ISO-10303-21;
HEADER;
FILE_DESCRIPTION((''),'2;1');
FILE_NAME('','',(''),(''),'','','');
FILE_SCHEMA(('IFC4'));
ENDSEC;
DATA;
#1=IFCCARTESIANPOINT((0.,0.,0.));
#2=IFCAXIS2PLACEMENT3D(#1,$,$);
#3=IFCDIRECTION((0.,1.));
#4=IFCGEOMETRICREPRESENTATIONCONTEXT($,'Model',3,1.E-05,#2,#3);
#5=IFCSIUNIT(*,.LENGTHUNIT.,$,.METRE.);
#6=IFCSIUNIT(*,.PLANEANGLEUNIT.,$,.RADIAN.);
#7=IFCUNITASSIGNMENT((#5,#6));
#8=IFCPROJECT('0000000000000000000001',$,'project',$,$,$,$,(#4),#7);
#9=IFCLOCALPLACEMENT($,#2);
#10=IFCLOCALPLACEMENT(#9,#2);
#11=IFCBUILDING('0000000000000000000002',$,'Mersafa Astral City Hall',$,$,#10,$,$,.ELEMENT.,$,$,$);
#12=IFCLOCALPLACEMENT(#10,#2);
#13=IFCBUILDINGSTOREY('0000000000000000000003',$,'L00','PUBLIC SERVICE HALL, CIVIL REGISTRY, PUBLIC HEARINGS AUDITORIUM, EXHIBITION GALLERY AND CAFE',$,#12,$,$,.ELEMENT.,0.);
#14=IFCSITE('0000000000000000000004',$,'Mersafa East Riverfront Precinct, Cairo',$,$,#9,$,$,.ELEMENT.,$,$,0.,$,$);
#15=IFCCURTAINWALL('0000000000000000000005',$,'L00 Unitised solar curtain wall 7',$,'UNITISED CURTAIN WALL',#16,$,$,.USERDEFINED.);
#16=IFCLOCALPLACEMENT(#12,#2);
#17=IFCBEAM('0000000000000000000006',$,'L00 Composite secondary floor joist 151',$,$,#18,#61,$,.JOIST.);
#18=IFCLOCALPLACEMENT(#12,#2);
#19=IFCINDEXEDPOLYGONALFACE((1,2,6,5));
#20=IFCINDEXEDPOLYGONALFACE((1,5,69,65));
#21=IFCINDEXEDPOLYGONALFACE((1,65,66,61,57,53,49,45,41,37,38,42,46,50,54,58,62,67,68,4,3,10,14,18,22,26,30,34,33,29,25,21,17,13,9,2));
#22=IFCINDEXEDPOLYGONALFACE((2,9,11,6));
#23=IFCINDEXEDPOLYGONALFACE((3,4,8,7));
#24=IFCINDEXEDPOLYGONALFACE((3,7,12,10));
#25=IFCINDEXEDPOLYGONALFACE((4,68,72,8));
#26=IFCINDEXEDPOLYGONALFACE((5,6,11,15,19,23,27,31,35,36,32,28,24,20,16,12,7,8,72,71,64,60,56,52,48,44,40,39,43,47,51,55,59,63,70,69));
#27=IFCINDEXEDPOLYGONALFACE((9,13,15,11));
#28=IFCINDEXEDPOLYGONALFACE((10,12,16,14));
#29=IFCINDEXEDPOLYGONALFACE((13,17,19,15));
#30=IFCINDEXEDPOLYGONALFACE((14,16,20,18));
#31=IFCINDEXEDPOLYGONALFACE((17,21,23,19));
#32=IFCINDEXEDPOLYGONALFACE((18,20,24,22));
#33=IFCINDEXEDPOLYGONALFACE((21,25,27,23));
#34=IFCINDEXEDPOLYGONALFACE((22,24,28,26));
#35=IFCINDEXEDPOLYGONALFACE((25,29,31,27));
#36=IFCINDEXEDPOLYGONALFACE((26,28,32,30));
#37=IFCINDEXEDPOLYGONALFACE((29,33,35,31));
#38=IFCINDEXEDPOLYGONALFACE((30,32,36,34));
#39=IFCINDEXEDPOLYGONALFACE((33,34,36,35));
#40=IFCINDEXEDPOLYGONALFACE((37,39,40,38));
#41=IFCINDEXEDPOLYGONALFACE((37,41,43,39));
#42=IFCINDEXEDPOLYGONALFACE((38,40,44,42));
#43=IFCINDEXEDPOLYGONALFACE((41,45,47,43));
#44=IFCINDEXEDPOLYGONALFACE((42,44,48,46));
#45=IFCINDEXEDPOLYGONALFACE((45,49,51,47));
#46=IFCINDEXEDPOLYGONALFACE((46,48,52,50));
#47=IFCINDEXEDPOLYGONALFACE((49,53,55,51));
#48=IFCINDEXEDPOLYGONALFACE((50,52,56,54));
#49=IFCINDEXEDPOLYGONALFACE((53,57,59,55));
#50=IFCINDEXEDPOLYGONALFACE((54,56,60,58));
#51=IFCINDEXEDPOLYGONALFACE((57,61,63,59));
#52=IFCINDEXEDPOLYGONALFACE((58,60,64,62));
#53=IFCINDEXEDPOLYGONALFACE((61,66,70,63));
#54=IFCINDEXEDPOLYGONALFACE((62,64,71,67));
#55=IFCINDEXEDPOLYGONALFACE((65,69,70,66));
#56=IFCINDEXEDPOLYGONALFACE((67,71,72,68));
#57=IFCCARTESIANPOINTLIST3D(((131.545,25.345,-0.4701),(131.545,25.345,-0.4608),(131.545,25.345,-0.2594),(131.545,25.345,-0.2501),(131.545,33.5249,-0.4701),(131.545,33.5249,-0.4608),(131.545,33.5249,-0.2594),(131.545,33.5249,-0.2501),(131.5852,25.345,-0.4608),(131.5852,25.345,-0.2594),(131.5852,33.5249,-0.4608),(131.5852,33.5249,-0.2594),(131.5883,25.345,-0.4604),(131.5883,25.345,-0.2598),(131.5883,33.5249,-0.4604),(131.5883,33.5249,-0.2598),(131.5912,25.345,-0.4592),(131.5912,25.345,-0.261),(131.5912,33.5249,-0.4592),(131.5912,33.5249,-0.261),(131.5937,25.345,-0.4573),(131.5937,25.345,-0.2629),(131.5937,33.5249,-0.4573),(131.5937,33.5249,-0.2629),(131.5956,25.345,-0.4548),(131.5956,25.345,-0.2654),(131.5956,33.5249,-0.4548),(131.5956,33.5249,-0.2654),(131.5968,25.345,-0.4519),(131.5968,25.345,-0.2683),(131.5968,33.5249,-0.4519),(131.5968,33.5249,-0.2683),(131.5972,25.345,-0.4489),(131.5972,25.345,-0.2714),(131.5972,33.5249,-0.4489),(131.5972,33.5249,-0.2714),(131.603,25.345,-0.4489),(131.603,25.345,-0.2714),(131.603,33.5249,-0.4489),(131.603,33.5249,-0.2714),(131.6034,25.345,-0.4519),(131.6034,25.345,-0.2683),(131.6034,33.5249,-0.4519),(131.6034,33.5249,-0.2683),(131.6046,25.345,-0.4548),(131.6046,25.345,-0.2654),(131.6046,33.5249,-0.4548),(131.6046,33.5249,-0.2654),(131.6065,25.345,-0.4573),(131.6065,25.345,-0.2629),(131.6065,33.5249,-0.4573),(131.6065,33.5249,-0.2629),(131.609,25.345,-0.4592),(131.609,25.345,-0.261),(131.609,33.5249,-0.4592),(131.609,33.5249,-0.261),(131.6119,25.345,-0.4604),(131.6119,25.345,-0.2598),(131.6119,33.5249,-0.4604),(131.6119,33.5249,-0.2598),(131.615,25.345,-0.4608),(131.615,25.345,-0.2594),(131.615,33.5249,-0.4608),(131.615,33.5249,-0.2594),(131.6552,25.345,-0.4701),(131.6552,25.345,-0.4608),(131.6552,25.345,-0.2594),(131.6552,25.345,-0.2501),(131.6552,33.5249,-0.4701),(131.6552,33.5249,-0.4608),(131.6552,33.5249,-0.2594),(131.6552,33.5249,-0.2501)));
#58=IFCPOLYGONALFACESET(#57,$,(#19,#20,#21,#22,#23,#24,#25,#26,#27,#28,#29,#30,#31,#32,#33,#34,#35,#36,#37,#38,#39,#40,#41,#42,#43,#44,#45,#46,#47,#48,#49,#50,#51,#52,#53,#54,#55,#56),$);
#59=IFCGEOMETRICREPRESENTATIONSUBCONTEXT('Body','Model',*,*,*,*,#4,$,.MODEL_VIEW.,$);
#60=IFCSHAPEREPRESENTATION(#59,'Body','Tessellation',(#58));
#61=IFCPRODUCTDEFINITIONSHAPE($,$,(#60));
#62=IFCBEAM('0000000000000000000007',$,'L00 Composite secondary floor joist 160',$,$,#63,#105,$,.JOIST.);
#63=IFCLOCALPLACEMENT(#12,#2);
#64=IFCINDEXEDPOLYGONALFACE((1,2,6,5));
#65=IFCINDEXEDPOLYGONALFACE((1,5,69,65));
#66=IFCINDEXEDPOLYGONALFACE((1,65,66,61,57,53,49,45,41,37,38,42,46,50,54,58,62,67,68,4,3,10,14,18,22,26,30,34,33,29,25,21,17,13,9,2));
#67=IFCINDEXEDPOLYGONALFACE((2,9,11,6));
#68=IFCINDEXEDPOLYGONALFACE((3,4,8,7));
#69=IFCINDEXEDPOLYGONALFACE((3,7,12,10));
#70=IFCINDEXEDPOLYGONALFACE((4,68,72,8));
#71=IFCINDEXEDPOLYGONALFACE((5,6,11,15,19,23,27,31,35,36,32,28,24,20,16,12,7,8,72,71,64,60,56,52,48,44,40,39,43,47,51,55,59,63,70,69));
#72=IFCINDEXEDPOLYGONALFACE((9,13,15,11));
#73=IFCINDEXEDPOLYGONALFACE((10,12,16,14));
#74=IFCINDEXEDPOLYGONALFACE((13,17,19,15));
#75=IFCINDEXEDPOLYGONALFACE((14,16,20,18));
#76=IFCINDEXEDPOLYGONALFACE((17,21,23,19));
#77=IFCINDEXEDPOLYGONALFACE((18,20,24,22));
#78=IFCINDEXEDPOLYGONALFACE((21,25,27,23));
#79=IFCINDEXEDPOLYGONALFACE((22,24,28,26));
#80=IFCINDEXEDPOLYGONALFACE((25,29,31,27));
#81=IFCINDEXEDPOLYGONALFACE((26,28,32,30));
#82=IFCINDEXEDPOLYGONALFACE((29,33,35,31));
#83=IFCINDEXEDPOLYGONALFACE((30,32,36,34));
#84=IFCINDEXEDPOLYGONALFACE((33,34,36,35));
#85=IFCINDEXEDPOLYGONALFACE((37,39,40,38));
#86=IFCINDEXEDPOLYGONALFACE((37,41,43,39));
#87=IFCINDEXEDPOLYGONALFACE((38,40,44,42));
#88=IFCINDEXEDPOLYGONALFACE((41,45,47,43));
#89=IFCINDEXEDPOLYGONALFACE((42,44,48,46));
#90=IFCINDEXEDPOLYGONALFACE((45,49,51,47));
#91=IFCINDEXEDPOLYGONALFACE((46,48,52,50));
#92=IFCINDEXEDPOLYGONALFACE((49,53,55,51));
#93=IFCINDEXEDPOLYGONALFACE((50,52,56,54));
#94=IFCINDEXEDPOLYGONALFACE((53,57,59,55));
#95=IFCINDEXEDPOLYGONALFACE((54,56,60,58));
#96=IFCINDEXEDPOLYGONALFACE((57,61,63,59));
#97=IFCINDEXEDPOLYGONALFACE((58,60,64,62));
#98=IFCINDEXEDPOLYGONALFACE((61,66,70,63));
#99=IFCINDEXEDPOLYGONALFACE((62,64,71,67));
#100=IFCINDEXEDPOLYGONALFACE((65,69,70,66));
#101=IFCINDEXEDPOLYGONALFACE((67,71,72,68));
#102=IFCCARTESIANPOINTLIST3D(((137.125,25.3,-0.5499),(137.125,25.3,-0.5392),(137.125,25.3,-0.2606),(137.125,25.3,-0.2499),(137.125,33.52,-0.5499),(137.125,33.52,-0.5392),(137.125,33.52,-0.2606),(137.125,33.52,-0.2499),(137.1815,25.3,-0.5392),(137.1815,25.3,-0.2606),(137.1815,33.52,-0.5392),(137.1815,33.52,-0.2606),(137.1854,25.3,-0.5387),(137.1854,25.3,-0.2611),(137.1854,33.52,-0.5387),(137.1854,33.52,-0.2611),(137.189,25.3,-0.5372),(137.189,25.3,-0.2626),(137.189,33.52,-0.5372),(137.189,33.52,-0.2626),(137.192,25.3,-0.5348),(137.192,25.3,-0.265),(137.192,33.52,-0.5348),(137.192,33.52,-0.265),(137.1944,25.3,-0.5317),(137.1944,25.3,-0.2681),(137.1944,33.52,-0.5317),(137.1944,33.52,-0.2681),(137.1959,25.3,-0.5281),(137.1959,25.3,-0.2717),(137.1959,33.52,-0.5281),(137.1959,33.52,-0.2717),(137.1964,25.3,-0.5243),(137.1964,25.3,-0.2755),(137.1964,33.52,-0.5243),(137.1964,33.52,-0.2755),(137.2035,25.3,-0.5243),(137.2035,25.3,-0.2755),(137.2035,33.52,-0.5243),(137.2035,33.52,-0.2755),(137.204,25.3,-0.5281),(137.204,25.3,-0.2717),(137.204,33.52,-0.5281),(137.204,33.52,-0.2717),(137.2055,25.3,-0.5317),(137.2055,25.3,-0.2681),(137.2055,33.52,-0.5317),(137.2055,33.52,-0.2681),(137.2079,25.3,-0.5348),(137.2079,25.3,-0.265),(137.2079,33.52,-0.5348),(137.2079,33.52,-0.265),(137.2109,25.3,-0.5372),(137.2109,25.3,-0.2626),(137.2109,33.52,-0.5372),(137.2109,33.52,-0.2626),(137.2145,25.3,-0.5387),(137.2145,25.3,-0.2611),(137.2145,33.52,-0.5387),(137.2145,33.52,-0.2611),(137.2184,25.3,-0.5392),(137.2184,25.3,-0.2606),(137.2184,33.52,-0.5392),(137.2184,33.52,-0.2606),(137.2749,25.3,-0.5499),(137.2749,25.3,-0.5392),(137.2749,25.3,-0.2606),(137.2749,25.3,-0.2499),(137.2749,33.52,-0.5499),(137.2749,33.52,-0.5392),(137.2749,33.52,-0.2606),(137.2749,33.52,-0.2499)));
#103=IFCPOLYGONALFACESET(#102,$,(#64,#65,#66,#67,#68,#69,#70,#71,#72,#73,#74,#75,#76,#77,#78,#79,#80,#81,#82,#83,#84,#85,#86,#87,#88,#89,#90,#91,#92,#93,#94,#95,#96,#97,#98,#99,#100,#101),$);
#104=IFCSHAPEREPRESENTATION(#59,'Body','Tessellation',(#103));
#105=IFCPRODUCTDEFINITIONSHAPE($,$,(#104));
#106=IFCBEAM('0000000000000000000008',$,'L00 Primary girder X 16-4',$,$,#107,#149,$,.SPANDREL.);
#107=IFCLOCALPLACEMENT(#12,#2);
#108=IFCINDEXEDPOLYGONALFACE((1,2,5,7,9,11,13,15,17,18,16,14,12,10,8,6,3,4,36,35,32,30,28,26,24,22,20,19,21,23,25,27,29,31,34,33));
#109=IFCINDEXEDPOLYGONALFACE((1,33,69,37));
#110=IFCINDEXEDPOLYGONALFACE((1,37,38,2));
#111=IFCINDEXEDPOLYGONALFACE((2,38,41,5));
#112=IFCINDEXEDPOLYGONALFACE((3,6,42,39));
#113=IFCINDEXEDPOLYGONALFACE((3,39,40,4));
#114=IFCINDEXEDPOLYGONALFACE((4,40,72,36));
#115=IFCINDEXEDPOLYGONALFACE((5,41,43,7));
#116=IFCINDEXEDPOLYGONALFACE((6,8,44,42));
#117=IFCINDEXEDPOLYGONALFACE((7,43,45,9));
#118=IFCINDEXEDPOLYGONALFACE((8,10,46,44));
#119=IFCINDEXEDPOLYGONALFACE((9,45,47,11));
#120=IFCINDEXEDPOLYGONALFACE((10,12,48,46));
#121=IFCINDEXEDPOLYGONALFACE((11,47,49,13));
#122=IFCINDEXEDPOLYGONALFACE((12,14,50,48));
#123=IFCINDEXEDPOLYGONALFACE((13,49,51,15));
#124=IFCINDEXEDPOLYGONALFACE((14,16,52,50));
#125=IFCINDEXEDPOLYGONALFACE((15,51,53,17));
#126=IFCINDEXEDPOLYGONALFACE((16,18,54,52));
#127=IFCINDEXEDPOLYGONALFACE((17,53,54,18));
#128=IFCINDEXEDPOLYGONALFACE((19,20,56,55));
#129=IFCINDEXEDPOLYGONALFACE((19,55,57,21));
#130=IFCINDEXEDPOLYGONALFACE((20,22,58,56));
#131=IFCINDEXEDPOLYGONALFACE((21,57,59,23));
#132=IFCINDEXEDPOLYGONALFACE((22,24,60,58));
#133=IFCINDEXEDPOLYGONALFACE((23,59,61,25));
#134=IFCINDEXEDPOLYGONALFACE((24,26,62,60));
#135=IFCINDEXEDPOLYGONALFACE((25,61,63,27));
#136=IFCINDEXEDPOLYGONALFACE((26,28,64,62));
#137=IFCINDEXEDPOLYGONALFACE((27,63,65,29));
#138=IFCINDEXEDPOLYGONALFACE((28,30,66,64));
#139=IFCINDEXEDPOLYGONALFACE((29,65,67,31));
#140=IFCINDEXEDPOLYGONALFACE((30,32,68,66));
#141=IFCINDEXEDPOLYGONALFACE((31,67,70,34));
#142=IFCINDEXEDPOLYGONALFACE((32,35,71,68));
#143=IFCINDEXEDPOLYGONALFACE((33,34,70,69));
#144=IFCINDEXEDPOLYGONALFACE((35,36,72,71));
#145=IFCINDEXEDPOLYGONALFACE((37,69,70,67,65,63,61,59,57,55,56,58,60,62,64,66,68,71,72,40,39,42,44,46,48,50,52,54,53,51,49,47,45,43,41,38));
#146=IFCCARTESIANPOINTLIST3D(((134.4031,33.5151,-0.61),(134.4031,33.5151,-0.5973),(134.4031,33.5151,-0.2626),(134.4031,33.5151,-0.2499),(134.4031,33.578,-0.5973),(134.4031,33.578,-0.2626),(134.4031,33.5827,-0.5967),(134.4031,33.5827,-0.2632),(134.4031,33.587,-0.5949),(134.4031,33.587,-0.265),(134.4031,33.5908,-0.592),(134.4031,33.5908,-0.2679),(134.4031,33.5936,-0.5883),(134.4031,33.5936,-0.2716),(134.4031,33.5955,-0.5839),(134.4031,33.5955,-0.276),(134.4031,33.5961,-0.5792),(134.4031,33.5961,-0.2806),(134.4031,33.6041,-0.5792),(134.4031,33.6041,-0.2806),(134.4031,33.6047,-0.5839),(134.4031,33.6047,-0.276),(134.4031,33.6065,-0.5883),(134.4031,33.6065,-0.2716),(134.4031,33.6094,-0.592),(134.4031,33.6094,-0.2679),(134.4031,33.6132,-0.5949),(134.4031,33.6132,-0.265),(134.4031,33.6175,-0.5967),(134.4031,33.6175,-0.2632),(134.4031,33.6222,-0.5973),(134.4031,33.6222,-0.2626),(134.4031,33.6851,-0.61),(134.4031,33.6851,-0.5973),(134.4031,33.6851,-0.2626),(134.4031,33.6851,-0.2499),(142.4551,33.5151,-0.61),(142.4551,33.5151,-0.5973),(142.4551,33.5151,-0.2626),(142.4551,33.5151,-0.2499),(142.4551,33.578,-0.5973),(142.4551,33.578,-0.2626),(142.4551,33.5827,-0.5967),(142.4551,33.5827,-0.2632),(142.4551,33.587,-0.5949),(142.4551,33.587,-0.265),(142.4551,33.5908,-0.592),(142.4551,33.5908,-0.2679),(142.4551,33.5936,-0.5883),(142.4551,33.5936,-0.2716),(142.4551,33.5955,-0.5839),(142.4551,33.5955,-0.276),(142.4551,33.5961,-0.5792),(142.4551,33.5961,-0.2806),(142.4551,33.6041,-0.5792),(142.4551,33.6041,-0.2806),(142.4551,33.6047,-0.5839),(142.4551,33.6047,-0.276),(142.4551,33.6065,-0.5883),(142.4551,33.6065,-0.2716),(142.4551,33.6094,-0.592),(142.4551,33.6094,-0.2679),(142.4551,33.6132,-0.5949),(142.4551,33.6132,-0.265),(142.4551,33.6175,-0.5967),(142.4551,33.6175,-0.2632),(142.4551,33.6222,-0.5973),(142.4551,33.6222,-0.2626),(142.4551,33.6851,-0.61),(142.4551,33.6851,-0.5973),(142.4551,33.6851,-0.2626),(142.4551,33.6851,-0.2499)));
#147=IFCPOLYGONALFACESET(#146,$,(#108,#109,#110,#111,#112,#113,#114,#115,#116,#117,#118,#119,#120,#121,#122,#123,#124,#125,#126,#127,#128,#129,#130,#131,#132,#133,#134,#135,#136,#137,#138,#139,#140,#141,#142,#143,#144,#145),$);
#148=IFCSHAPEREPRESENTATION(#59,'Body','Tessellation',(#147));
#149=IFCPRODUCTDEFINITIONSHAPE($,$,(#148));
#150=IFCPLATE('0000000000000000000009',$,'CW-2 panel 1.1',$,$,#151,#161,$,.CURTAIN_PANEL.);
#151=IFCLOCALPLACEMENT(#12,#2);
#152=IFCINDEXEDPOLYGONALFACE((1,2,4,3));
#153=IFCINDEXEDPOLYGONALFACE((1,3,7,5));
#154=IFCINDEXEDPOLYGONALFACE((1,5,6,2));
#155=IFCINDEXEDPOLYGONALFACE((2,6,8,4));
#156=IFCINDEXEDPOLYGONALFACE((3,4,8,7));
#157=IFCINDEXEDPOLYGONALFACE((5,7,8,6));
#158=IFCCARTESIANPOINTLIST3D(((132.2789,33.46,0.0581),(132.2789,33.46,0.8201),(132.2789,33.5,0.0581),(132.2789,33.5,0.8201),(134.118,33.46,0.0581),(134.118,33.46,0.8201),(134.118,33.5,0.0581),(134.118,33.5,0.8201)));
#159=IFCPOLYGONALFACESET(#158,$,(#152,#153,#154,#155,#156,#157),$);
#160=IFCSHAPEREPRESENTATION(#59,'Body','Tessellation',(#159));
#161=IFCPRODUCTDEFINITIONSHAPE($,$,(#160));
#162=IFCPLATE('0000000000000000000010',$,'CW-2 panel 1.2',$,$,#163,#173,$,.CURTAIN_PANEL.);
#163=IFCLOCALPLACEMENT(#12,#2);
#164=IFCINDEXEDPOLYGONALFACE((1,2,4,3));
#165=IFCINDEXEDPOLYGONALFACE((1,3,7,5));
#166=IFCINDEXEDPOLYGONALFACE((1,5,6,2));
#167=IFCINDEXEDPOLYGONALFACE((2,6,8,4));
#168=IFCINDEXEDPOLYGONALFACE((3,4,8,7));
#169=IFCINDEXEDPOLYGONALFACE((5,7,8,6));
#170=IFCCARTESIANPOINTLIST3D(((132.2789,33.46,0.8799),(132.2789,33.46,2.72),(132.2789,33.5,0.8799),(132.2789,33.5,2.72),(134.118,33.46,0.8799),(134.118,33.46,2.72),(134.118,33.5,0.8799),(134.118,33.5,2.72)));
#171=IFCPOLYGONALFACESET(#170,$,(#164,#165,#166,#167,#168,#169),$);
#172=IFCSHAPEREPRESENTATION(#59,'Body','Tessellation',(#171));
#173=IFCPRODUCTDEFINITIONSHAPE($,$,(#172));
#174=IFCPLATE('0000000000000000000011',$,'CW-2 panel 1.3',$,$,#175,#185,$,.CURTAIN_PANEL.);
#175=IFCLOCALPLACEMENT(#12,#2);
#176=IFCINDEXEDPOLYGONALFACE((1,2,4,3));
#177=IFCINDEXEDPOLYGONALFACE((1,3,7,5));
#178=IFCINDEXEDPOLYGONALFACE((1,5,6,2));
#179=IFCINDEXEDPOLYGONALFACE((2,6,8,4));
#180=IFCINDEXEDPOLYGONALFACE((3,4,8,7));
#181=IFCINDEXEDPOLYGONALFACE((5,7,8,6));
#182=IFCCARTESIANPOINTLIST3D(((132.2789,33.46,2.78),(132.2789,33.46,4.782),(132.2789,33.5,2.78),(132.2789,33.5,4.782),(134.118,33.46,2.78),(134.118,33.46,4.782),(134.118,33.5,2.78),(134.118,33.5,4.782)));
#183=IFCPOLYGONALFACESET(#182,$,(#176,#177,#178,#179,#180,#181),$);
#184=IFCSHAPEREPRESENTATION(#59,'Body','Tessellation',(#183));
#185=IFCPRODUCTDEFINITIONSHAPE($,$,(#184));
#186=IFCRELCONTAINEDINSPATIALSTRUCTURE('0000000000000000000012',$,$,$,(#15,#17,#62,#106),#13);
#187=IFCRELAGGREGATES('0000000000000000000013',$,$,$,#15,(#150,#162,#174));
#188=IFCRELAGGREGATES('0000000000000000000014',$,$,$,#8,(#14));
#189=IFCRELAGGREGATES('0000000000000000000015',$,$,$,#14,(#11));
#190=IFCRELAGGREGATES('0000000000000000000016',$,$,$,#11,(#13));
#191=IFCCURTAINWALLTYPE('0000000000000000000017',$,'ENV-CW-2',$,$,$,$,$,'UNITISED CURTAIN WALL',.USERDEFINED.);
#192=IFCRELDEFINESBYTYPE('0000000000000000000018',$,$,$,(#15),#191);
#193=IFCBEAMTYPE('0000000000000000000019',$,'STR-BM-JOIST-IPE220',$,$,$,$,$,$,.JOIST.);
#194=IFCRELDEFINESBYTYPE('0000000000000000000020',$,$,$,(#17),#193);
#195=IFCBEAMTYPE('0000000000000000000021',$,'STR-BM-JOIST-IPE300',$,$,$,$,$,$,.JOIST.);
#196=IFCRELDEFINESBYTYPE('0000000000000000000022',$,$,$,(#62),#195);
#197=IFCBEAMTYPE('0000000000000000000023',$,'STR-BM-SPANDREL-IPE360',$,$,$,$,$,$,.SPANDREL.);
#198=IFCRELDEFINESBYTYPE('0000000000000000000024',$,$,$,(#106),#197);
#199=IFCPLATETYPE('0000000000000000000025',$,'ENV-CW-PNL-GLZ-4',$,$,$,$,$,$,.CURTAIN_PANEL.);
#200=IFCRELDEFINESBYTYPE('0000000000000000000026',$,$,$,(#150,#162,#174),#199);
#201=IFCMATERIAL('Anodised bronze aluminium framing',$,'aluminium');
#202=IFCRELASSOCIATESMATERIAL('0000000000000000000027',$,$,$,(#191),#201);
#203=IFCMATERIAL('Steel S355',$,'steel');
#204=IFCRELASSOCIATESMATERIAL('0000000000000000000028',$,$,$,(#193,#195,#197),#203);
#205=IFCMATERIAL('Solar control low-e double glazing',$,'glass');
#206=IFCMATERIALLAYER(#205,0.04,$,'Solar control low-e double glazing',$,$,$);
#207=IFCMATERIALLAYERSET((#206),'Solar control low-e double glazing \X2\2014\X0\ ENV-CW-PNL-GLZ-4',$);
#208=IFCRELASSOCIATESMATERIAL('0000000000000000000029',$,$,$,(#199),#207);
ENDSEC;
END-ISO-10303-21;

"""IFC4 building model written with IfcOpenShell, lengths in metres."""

from ifc_helpers import new_model, si_unit, direction, frame, origin, origin_2d, place, context, subcontext, project, spatial, rectangle, i_section, extrude, material, layer, layer_set, material_profile, profile_set, type_object, element, aggregate, save


model = new_model("IFC4")

# Units and contexts
model_context = context("Model", 3, precision=1e-05, world=origin(), true_north=direction((0.0, 1.0)))
body_context = subcontext(model_context, "Body", "Model", "MODEL_VIEW")
ifc_project = project(units=[si_unit("LENGTHUNIT", "METRE"), si_unit("PLANEANGLEUNIT", "RADIAN")], contexts=[model_context])

# Site, building, storey
site_placement = place(None, origin())
site = spatial("IfcSite", under=ifc_project, at=site_placement, Name="Mersafa East Riverfront Precinct, Cairo", CompositionType="ELEMENT", RefElevation=0.0)
building_placement = place(site_placement, origin())
building = spatial("IfcBuilding", under=site, at=building_placement, Name="Mersafa Astral City Hall", CompositionType="ELEMENT")
storey_placement = place(building_placement, origin())
storey = spatial("IfcBuildingStorey", under=building, at=storey_placement, Name="L00", Description="PUBLIC SERVICE HALL, CIVIL REGISTRY, PUBLIC HEARINGS AUDITORIUM, EXHIBITION GALLERY AND CAFE", CompositionType="ELEMENT", Elevation=0.0)

# Shared definitions
ifc_material_1 = material(Name="Steel S355", Category="steel")

# Curtain wall
ifc_material_2 = material(Name="Anodised bronze aluminium framing", Category="aluminium")
curtain_wall_type = type_object("IfcCurtainWallType", Name="ENV-CW-2", ElementType="UNITISED CURTAIN WALL", PredefinedType="USERDEFINED", material=ifc_material_2)
curtain_wall_placement = place(storey_placement, origin())
curtain_wall = element("IfcCurtainWall", 1, at=curtain_wall_placement, inside=storey, type_object=curtain_wall_type, Name="L00 Unitised solar curtain wall 7", ObjectType="UNITISED CURTAIN WALL", PredefinedType="USERDEFINED")

# Beams
ifc_material_profile_1 = material_profile(ifc_material_1, i_section(OverallWidth=0.1101, OverallDepth=0.22, WebThickness=0.0059, FlangeThickness=0.0093, FilletRadius=0.012, at=origin_2d()), Name="IPE 220")
ifc_profile_set_1 = profile_set([ifc_material_profile_1], Name="Steel S355")
beam_type_1 = type_object("IfcBeamType", Name="STR-BM-JOIST-IPE220", PredefinedType="JOIST", material=ifc_profile_set_1)
beam_1_placement = place(storey_placement, frame((131.6001, 25.345, -0.3601), z_axis=(0.0, 1.0, 0.0), x_axis=(-1.0, 0.0, 0.0)))
element("IfcBeam", 2, at=beam_1_placement, inside=storey, type_object=beam_type_1, Name="L00 Composite secondary floor joist 151", PredefinedType="JOIST", context=body_context, shape_type="SweptSolid", body=[
    extrude(i_section(OverallWidth=0.1101, OverallDepth=0.22, WebThickness=0.0059, FlangeThickness=0.0093, FilletRadius=0.012, at=origin_2d()), origin(), (0.0, 0.0, 1.0), 8.1799),
])
ifc_material_profile_2 = material_profile(ifc_material_1, i_section(OverallWidth=0.1499, OverallDepth=0.3, WebThickness=0.0071, FlangeThickness=0.0107, FilletRadius=0.0149, at=origin_2d()), Name="IPE 300")
ifc_profile_set_2 = profile_set([ifc_material_profile_2], Name="Steel S355")
beam_type_2 = type_object("IfcBeamType", Name="STR-BM-JOIST-IPE300", PredefinedType="JOIST", material=ifc_profile_set_2)
beam_2_placement = place(storey_placement, frame((137.2, 25.3, -0.3999), z_axis=(0.0, 1.0, 0.0), x_axis=(-1.0, 0.0, 0.0)))
element("IfcBeam", 3, at=beam_2_placement, inside=storey, type_object=beam_type_2, Name="L00 Composite secondary floor joist 160", PredefinedType="JOIST", context=body_context, shape_type="SweptSolid", body=[
    extrude(i_section(OverallWidth=0.1499, OverallDepth=0.3, WebThickness=0.0071, FlangeThickness=0.0107, FilletRadius=0.0149, at=origin_2d()), origin(), (0.0, 0.0, 1.0), 8.22),
])
ifc_material_profile_3 = material_profile(ifc_material_1, i_section(OverallWidth=0.1699, OverallDepth=0.3601, WebThickness=0.0081, FlangeThickness=0.0127, FilletRadius=0.0181, at=origin_2d()), Name="IPE 360")
ifc_profile_set_3 = profile_set([ifc_material_profile_3], Name="Steel S355")
beam_type_3 = type_object("IfcBeamType", Name="STR-BM-SPANDREL-IPE360", PredefinedType="SPANDREL", material=ifc_profile_set_3)
beam_3_placement = place(storey_placement, frame((134.4031, 33.6001, -0.4299), z_axis=(1.0, 0.0, 0.0), x_axis=(0.0, 1.0, 0.0)))
element("IfcBeam", 4, at=beam_3_placement, inside=storey, type_object=beam_type_3, Name="L00 Primary girder X 16-4", PredefinedType="SPANDREL", context=body_context, shape_type="SweptSolid", body=[
    extrude(i_section(OverallWidth=0.1699, OverallDepth=0.3601, WebThickness=0.0081, FlangeThickness=0.0127, FilletRadius=0.0181, at=origin_2d()), origin(), (0.0, 0.0, 1.0), 8.052),
])

# Plates
ifc_material_3 = material(Name="Solar control low-e double glazing", Category="glass")
ifc_layer = layer(ifc_material_3, 0.04, Name="Solar control low-e double glazing")
ifc_layer_set = layer_set([ifc_layer], Name="Solar control low-e double glazing — ENV-CW-PNL-GLZ-4")
plate_type = type_object("IfcPlateType", Name="ENV-CW-PNL-GLZ-4", PredefinedType="CURTAIN_PANEL", material=ifc_layer_set)
plate_1_placement = place(storey_placement, frame((133.1985, 33.48, 0.0581), z_axis=(0.0, 0.0, 1.0), x_axis=(-1.0, 0.0, 0.0)))
plate_1 = element("IfcPlate", 5, at=plate_1_placement, type_object=plate_type, Name="CW-2 panel 1.1", PredefinedType="CURTAIN_PANEL", context=body_context, shape_type="SweptSolid", body=[
    extrude(rectangle(XDim=1.8391, YDim=0.04, at=origin_2d()), origin(), (0.0, 0.0, 1.0), 0.762),
])
plate_2_placement = place(storey_placement, frame((133.1985, 33.48, 0.8799), z_axis=(0.0, 0.0, 1.0), x_axis=(-1.0, 0.0, 0.0)))
plate_2 = element("IfcPlate", 6, at=plate_2_placement, type_object=plate_type, Name="CW-2 panel 1.2", PredefinedType="CURTAIN_PANEL", context=body_context, shape_type="SweptSolid", body=[
    extrude(rectangle(XDim=1.8391, YDim=0.04, at=origin_2d()), origin(), (0.0, 0.0, 1.0), 1.8401),
])
plate_3_placement = place(storey_placement, frame((133.1985, 33.48, 2.78), z_axis=(0.0, 0.0, 1.0), x_axis=(-1.0, 0.0, 0.0)))
plate_3 = element("IfcPlate", 7, at=plate_3_placement, type_object=plate_type, Name="CW-2 panel 1.3", PredefinedType="CURTAIN_PANEL", context=body_context, shape_type="SweptSolid", body=[
    extrude(rectangle(XDim=1.8391, YDim=0.04, at=origin_2d()), origin(), (0.0, 0.0, 1.0), 2.002),
])
aggregate(curtain_wall, [plate_1, plate_2, plate_3])

save(model, "model.ifc")
